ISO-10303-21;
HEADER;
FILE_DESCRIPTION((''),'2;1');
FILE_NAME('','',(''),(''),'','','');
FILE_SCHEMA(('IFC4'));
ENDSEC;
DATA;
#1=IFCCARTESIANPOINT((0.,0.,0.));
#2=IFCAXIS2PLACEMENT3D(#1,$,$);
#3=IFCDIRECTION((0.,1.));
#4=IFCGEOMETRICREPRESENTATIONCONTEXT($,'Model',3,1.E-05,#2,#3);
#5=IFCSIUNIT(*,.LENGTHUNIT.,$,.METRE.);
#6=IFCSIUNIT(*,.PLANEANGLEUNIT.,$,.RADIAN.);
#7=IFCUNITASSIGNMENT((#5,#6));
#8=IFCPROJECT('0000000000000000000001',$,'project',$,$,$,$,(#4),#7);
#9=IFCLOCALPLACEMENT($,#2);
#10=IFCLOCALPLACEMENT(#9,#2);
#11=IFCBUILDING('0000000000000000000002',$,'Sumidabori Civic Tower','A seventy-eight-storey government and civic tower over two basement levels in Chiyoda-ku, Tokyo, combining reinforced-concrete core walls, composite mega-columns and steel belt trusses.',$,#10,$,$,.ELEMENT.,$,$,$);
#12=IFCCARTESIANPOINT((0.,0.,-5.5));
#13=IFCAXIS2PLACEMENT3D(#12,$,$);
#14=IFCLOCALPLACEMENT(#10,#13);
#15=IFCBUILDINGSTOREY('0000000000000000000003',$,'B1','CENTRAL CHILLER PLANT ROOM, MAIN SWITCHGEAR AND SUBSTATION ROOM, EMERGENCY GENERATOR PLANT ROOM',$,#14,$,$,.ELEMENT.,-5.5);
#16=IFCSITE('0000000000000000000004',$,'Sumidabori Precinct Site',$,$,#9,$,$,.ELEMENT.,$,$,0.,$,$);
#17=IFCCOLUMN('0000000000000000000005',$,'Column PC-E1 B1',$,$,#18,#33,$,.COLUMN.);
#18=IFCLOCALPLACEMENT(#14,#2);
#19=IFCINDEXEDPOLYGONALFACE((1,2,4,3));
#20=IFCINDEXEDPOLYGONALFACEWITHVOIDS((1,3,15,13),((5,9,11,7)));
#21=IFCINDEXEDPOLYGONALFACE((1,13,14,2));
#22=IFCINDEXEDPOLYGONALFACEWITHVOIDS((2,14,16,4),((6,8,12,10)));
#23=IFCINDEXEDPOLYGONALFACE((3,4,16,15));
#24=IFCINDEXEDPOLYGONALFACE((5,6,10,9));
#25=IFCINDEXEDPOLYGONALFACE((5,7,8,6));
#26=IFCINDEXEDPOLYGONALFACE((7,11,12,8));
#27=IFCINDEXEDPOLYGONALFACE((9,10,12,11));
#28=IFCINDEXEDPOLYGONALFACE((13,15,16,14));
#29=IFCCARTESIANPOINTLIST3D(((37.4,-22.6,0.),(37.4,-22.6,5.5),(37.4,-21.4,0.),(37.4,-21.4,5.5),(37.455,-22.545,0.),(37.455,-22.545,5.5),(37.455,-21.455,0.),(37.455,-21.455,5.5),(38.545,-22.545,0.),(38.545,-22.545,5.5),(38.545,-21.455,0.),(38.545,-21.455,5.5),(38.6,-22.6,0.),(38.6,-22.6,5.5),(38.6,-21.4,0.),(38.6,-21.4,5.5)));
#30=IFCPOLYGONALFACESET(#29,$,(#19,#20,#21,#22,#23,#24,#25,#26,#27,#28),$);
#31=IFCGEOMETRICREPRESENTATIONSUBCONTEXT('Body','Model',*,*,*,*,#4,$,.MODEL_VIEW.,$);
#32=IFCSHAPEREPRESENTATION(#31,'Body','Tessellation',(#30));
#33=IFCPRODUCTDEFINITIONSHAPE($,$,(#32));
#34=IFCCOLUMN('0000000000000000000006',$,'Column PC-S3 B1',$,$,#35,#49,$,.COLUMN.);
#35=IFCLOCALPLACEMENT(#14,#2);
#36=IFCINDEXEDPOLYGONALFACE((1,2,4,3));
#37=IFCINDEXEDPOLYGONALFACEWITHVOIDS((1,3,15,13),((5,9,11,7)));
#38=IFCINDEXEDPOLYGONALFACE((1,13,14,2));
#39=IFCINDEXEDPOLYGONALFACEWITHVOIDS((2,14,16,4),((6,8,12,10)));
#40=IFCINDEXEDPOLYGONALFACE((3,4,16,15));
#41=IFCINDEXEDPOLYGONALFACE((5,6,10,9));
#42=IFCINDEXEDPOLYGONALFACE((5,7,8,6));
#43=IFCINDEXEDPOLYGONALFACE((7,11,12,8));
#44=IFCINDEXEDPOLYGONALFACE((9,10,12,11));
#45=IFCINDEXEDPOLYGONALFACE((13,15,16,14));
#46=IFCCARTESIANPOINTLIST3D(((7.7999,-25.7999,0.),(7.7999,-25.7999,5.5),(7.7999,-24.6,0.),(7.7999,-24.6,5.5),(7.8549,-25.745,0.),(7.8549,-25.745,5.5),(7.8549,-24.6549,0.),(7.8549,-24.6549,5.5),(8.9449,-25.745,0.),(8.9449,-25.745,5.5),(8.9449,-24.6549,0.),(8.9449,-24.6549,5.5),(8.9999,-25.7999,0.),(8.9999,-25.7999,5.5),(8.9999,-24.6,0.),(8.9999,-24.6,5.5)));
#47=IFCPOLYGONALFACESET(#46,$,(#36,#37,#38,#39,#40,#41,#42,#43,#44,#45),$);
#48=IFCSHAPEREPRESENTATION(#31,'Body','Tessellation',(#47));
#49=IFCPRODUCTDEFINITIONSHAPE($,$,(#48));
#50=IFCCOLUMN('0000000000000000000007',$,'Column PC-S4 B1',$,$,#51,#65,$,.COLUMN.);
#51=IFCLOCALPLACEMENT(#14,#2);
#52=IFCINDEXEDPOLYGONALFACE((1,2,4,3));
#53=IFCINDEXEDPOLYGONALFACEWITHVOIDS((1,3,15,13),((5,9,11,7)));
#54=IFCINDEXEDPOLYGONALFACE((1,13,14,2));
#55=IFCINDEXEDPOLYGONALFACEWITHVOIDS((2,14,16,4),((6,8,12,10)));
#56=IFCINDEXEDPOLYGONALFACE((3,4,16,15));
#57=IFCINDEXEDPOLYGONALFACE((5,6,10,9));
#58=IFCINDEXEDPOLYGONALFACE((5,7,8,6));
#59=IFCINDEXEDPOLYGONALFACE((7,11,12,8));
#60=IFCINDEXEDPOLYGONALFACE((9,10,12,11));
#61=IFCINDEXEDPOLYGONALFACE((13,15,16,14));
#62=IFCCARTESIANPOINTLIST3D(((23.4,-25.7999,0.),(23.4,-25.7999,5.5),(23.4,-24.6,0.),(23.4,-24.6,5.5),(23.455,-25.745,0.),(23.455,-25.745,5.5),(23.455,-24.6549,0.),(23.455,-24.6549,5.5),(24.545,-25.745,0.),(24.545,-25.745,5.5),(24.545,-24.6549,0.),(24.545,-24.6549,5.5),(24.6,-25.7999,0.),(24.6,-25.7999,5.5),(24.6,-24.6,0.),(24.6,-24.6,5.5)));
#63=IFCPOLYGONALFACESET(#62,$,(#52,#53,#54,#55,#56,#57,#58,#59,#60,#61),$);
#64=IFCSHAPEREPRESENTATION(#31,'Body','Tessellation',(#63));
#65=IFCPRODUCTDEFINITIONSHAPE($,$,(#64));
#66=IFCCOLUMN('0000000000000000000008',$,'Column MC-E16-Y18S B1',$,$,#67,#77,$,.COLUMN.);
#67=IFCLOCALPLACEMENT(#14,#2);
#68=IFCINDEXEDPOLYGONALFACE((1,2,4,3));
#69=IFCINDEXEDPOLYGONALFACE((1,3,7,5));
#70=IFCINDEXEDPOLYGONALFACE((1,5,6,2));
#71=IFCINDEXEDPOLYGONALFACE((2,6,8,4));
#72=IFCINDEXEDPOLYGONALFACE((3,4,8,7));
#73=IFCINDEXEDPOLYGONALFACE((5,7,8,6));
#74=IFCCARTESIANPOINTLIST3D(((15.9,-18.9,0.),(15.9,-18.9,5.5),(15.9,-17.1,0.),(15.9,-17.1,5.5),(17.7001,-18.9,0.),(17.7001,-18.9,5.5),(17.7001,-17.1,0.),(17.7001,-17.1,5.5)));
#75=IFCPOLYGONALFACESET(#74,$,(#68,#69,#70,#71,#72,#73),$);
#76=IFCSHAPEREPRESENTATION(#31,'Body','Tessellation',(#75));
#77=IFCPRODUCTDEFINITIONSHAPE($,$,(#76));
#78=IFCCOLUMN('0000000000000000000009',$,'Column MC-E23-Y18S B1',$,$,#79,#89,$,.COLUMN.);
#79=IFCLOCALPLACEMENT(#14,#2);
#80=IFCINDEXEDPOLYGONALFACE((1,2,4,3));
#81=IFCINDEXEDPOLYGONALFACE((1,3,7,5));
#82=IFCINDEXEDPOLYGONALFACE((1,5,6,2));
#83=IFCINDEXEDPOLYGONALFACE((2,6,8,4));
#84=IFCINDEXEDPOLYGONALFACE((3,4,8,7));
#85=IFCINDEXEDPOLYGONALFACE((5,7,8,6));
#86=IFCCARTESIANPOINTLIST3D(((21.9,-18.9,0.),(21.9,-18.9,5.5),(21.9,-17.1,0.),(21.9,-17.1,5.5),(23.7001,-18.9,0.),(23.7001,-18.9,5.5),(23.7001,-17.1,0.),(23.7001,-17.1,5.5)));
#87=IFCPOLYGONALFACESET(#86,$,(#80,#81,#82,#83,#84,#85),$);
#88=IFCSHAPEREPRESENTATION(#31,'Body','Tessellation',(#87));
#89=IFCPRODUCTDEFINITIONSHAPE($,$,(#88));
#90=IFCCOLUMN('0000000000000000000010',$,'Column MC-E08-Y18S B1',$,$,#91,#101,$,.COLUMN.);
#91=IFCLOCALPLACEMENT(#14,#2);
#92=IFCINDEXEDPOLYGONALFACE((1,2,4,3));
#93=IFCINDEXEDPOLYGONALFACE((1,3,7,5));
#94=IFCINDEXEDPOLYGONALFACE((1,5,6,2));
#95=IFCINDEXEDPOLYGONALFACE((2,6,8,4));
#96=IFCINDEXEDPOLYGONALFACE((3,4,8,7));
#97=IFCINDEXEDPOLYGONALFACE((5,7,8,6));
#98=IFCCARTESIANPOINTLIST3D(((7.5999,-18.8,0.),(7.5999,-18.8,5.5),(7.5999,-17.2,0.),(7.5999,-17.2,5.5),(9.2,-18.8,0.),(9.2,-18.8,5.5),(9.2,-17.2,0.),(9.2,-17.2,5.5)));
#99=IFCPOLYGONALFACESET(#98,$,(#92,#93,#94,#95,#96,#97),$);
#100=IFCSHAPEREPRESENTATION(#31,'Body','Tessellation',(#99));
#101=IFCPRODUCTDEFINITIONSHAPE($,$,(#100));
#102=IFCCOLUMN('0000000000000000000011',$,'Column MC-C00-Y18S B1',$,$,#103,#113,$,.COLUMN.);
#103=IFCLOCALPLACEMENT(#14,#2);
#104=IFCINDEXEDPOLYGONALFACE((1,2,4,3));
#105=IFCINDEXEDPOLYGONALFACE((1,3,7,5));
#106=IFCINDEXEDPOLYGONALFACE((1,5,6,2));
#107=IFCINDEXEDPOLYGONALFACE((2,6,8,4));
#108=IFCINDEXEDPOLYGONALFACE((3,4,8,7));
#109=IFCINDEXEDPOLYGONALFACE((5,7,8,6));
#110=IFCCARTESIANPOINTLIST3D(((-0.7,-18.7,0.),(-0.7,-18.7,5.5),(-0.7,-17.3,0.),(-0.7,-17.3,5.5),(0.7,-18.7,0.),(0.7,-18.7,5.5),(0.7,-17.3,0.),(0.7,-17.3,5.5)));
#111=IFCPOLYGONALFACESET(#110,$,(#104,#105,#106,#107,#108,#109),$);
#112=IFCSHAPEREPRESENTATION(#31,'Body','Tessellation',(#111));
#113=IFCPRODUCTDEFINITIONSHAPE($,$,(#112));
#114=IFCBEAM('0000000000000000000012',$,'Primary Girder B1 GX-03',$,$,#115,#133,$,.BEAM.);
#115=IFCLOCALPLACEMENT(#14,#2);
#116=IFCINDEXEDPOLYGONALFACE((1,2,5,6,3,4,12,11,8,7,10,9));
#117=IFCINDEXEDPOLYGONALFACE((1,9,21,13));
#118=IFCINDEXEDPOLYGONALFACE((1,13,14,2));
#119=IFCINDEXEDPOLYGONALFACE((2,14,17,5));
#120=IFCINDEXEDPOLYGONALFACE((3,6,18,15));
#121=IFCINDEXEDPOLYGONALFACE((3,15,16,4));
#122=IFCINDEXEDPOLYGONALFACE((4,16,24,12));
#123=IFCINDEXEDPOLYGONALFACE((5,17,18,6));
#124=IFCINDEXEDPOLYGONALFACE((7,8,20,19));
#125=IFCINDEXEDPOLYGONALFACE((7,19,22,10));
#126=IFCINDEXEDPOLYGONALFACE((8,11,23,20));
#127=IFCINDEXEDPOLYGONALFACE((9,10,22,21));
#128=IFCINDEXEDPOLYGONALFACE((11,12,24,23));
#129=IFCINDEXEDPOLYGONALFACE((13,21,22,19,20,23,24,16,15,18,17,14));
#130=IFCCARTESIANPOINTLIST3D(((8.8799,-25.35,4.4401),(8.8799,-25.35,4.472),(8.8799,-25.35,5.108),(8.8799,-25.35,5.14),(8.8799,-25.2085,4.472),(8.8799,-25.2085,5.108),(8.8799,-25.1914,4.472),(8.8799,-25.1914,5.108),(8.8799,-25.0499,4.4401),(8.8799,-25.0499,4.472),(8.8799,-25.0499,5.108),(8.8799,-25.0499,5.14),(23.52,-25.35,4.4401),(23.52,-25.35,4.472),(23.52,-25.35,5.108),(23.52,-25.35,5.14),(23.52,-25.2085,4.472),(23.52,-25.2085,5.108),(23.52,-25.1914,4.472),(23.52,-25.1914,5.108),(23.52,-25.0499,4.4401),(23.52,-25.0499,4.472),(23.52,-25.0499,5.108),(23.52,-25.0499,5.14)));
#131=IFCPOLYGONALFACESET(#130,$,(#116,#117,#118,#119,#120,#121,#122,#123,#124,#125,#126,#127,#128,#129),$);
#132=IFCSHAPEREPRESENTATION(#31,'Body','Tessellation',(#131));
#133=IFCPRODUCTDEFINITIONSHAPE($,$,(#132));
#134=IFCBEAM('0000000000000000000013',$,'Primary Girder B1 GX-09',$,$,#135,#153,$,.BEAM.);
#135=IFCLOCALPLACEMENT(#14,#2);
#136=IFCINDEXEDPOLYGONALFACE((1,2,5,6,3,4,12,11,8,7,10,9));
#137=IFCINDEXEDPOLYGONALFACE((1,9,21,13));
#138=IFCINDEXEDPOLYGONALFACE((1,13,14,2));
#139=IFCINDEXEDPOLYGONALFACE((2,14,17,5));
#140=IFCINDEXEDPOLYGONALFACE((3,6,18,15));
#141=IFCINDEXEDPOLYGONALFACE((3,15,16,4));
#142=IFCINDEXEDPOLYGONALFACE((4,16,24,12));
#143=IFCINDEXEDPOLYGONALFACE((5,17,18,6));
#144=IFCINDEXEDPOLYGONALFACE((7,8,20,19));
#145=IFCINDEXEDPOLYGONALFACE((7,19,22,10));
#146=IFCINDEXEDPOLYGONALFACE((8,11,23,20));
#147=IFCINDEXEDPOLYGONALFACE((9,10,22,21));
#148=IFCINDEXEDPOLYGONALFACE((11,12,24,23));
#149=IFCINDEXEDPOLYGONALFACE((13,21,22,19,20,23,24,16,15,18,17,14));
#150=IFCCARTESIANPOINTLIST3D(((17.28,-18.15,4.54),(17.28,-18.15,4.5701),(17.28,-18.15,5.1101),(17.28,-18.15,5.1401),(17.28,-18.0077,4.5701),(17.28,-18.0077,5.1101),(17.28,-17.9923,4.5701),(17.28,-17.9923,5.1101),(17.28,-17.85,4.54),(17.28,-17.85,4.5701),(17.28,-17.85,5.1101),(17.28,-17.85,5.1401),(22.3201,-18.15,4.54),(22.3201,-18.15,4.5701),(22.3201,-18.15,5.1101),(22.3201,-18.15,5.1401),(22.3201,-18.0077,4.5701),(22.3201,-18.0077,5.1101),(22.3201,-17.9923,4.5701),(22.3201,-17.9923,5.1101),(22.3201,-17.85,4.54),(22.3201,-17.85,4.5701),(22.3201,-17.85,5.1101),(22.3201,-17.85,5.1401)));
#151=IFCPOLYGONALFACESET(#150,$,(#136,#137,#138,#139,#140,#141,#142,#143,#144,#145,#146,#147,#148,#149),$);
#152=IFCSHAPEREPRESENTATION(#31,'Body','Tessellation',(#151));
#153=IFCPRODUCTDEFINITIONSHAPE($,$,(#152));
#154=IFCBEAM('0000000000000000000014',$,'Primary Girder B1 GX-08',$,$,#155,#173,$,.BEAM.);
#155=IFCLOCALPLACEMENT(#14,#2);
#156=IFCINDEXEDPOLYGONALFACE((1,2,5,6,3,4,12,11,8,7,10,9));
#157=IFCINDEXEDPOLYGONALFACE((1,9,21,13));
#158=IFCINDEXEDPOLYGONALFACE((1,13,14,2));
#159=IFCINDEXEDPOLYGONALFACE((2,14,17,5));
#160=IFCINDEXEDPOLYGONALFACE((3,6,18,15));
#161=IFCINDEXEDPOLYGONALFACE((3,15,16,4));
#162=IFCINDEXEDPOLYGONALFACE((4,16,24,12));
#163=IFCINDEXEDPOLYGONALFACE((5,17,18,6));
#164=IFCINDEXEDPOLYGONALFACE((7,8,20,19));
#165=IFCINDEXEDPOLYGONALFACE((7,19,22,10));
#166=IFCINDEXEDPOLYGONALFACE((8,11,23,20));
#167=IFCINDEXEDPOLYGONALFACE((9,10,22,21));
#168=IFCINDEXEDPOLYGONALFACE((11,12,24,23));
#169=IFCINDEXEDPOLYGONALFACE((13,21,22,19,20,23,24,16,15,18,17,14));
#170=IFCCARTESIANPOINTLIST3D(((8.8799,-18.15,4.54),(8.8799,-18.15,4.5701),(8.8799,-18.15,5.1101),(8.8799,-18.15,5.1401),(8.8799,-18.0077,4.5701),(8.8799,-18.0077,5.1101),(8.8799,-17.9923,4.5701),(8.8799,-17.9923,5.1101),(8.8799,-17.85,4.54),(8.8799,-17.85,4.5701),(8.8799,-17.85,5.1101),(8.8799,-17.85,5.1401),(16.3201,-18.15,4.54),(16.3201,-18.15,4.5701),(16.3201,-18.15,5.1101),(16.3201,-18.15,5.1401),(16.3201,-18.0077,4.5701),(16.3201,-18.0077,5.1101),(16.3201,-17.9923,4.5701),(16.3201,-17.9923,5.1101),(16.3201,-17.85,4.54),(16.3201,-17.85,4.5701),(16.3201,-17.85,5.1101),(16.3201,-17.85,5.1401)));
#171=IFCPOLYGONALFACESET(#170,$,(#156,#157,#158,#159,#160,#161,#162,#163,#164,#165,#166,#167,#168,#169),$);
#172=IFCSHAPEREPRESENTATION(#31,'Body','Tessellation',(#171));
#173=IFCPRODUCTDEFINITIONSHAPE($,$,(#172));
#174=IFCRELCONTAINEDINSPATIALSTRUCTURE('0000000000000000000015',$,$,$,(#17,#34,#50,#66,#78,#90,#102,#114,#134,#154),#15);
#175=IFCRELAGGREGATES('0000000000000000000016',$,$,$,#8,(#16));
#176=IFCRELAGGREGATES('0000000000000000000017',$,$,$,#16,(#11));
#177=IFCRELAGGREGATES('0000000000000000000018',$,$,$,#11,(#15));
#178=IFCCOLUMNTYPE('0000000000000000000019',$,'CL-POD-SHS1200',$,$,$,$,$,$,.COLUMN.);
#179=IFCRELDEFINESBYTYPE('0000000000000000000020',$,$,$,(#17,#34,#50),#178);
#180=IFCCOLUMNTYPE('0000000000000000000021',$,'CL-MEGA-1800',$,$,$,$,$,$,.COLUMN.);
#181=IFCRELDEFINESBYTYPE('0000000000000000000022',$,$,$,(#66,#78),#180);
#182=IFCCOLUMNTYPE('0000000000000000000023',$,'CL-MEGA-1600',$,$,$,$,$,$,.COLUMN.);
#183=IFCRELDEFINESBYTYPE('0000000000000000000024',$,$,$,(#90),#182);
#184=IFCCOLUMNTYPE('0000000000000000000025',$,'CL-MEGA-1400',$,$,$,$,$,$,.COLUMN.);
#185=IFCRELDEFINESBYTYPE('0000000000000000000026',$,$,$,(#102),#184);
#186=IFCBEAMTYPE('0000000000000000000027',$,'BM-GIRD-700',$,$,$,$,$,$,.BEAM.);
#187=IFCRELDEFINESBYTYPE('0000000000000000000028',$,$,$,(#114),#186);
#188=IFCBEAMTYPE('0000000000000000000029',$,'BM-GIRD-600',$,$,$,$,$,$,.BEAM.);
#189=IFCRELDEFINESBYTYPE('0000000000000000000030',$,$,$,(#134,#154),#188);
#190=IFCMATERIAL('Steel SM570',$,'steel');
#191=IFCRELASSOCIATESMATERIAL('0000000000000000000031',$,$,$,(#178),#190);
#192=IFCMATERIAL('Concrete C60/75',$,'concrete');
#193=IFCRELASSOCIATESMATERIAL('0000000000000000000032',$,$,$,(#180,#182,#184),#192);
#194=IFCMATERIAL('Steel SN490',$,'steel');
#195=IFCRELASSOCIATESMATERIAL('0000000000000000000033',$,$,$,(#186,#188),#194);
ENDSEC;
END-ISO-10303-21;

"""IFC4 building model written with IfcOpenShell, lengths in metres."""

from ifc_helpers import new_model, si_unit, direction, frame, origin, origin_2d, place, context, subcontext, project, spatial, rectangle, hollow_rectangle, i_section, extrude, source, transform, mapped, material, material_profile, profile_set, type_object, element, save


model = new_model("IFC4")

# Units and contexts
model_context = context("Model", 3, precision=1e-05, world=origin(), true_north=direction((0.0, 1.0)))
body_context = subcontext(model_context, "Body", "Model", "MODEL_VIEW")
ifc_project = project(units=[si_unit("LENGTHUNIT", "METRE"), si_unit("PLANEANGLEUNIT", "RADIAN")], contexts=[model_context])

# Site, building, storey
site_placement = place(None, origin())
site = spatial("IfcSite", under=ifc_project, at=site_placement, Name="Sumidabori Precinct Site", CompositionType="ELEMENT", RefElevation=0.0)
building_placement = place(site_placement, origin())
building = spatial("IfcBuilding", under=site, at=building_placement, Name="Sumidabori Civic Tower", Description="A seventy-eight-storey government and civic tower over two basement levels in Chiyoda-ku, Tokyo, combining reinforced-concrete core walls, composite mega-columns and steel belt trusses.", CompositionType="ELEMENT")
storey_placement = place(building_placement, frame((0.0, 0.0, -5.5)))
storey = spatial("IfcBuildingStorey", under=building, at=storey_placement, Name="B1", Description="CENTRAL CHILLER PLANT ROOM, MAIN SWITCHGEAR AND SUBSTATION ROOM, EMERGENCY GENERATOR PLANT ROOM", CompositionType="ELEMENT", Elevation=-5.5)

# Columns
ifc_material_1 = material(Name="Steel SM570", Category="steel")
ifc_material_profile_1 = material_profile(ifc_material_1, hollow_rectangle(XDim=1.2, YDim=1.2, WallThickness=0.0549, at=origin_2d()), Name="SHS 1200x1200x55")
ifc_profile_set_1 = profile_set([ifc_material_profile_1], Name="Steel SM570")
column_type_1 = type_object("IfcColumnType", Name="CL-POD-SHS1200", PredefinedType="COLUMN", material=ifc_profile_set_1)
shared_shape_1 = source(origin(), body_context, "Body", "SweptSolid", [
    extrude(hollow_rectangle(XDim=1.2, YDim=1.2, WallThickness=0.0549, at=origin_2d()), origin(), (0.0, 0.0, 1.0), 5.5),
])
for number, where, z_axis, x_axis, name in (
    (1, (38.0, -22.0, 0.0), (0.0, 0.0, 1.0), (1.0, 0.0, 0.0), "Column PC-E1 B1"),
    (2, (8.3999, -25.2, 0.0), (0.0, 0.0, 1.0), (1.0, 0.0, 0.0), "Column PC-S3 B1"),
    (3, (24.0, -25.2, 0.0), (0.0, 0.0, 1.0), (1.0, 0.0, 0.0), "Column PC-S4 B1"),
):
    element("IfcColumn", number, at=place(storey_placement, frame(where, z_axis=z_axis, x_axis=x_axis)), inside=storey, type_object=column_type_1, Name=name, PredefinedType="COLUMN", context=body_context, shape_type="MappedRepresentation", body=[
        mapped(shared_shape_1, transform((0.0, 0.0, 0.0), x_axis=(1.0, 0.0, 0.0), y_axis=(0.0, 1.0, 0.0), z_axis=(0.0, 0.0, 1.0), scale=1.0)),
    ])
ifc_material_2 = material(Name="Concrete C60/75", Category="concrete")
ifc_material_profile_2 = material_profile(ifc_material_2, rectangle(XDim=1.8, YDim=1.8, at=origin_2d()), Name="RC 1800x1800")
ifc_profile_set_2 = profile_set([ifc_material_profile_2], Name="Concrete C60/75")
column_type_2 = type_object("IfcColumnType", Name="CL-MEGA-1800", PredefinedType="COLUMN", material=ifc_profile_set_2)
shared_shape_2 = source(origin(), body_context, "Body", "SweptSolid", [
    extrude(rectangle(XDim=1.8, YDim=1.8, at=origin_2d()), origin(), (0.0, 0.0, 1.0), 5.5),
])
for number, where, z_axis, x_axis, name in (
    (4, (16.8, -18.0, 0.0), (0.0, 0.0, 1.0), (1.0, 0.0, 0.0), "Column MC-E16-Y18S B1"),
    (5, (22.8, -18.0, 0.0), (0.0, 0.0, 1.0), (1.0, 0.0, 0.0), "Column MC-E23-Y18S B1"),
):
    element("IfcColumn", number, at=place(storey_placement, frame(where, z_axis=z_axis, x_axis=x_axis)), inside=storey, type_object=column_type_2, Name=name, PredefinedType="COLUMN", context=body_context, shape_type="MappedRepresentation", body=[
        mapped(shared_shape_2, transform((0.0, 0.0, 0.0), x_axis=(1.0, 0.0, 0.0), y_axis=(0.0, 1.0, 0.0), z_axis=(0.0, 0.0, 1.0), scale=1.0)),
    ])
ifc_material_profile_3 = material_profile(ifc_material_2, rectangle(XDim=1.6001, YDim=1.6001, at=origin_2d()), Name="RC 1600x1600")
ifc_profile_set_3 = profile_set([ifc_material_profile_3], Name="Concrete C60/75")
column_type_3 = type_object("IfcColumnType", Name="CL-MEGA-1600", PredefinedType="COLUMN", material=ifc_profile_set_3)
shared_shape_3 = source(origin(), body_context, "Body", "SweptSolid", [
    extrude(rectangle(XDim=1.6001, YDim=1.6001, at=origin_2d()), origin(), (0.0, 0.0, 1.0), 5.5),
])
column_1_placement = place(storey_placement, frame((8.3999, -18.0, 0.0), z_axis=(0.0, 0.0, 1.0), x_axis=(1.0, 0.0, 0.0)))
element("IfcColumn", 6, at=column_1_placement, inside=storey, type_object=column_type_3, Name="Column MC-E08-Y18S B1", PredefinedType="COLUMN", context=body_context, shape_type="MappedRepresentation", body=[
    mapped(shared_shape_3, transform((0.0, 0.0, 0.0), x_axis=(1.0, 0.0, 0.0), y_axis=(0.0, 1.0, 0.0), z_axis=(0.0, 0.0, 1.0), scale=1.0)),
])
ifc_material_profile_4 = material_profile(ifc_material_2, rectangle(XDim=1.3999, YDim=1.3999, at=origin_2d()), Name="RC 1400x1400")
ifc_profile_set_4 = profile_set([ifc_material_profile_4], Name="Concrete C60/75")
column_type_4 = type_object("IfcColumnType", Name="CL-MEGA-1400", PredefinedType="COLUMN", material=ifc_profile_set_4)
shared_shape_4 = source(origin(), body_context, "Body", "SweptSolid", [
    extrude(rectangle(XDim=1.3999, YDim=1.3999, at=origin_2d()), origin(), (0.0, 0.0, 1.0), 5.5),
])
column_2_placement = place(storey_placement, frame((0.0, -18.0, 0.0), z_axis=(0.0, 0.0, 1.0), x_axis=(1.0, 0.0, 0.0)))
element("IfcColumn", 7, at=column_2_placement, inside=storey, type_object=column_type_4, Name="Column MC-C00-Y18S B1", PredefinedType="COLUMN", context=body_context, shape_type="MappedRepresentation", body=[
    mapped(shared_shape_4, transform((0.0, 0.0, 0.0), x_axis=(1.0, 0.0, 0.0), y_axis=(0.0, 1.0, 0.0), z_axis=(0.0, 0.0, 1.0), scale=1.0)),
])

# Beams
ifc_material_3 = material(Name="Steel SN490", Category="steel")
ifc_material_profile_5 = material_profile(ifc_material_3, i_section(OverallWidth=0.3, OverallDepth=0.7, WebThickness=0.0171, FlangeThickness=0.032, at=origin_2d()), Name="HE 700 B")
ifc_profile_set_5 = profile_set([ifc_material_profile_5], Name="Steel SN490")
beam_type_1 = type_object("IfcBeamType", Name="BM-GIRD-700", PredefinedType="BEAM", material=ifc_profile_set_5)
shared_shape_5 = source(origin(), body_context, "Body", "SweptSolid", [
    extrude(i_section(OverallWidth=0.3, OverallDepth=0.7, WebThickness=0.0171, FlangeThickness=0.032, at=origin_2d()), origin(), (0.0, 0.0, 1.0), 14.6401),
])
beam_1_placement = place(storey_placement, frame((8.8799, -25.2, 4.79), z_axis=(1.0, 0.0, 0.0), x_axis=(0.0, 1.0, 0.0)))
element("IfcBeam", 8, at=beam_1_placement, inside=storey, type_object=beam_type_1, Name="Primary Girder B1 GX-03", PredefinedType="BEAM", context=body_context, shape_type="MappedRepresentation", body=[
    mapped(shared_shape_5, transform((0.0, 0.0, 0.0), x_axis=(1.0, 0.0, 0.0), y_axis=(0.0, 1.0, 0.0), z_axis=(0.0, 0.0, 1.0), scale=1.0)),
])
ifc_material_profile_6 = material_profile(ifc_material_3, i_section(OverallWidth=0.3, OverallDepth=0.6001, WebThickness=0.0154, FlangeThickness=0.03, at=origin_2d()), Name="HE 600 B")
ifc_profile_set_6 = profile_set([ifc_material_profile_6], Name="Steel SN490")
beam_type_2 = type_object("IfcBeamType", Name="BM-GIRD-600", PredefinedType="BEAM", material=ifc_profile_set_6)
shared_shape_6 = source(origin(), body_context, "Body", "SweptSolid", [
    extrude(i_section(OverallWidth=0.3, OverallDepth=0.6001, WebThickness=0.0154, FlangeThickness=0.03, at=origin_2d()), origin(), (0.0, 0.0, 1.0), 5.04),
])
beam_2_placement = place(storey_placement, frame((17.28, -18.0, 4.8401), z_axis=(1.0, 0.0, 0.0), x_axis=(0.0, 1.0, 0.0)))
element("IfcBeam", 9, at=beam_2_placement, inside=storey, type_object=beam_type_2, Name="Primary Girder B1 GX-09", PredefinedType="BEAM", context=body_context, shape_type="MappedRepresentation", body=[
    mapped(shared_shape_6, transform((0.0, 0.0, 0.0), x_axis=(1.0, 0.0, 0.0), y_axis=(0.0, 1.0, 0.0), z_axis=(0.0, 0.0, 1.0), scale=1.0)),
])
shared_shape_7 = source(origin(), body_context, "Body", "SweptSolid", [
    extrude(i_section(OverallWidth=0.3, OverallDepth=0.6001, WebThickness=0.0154, FlangeThickness=0.03, at=origin_2d()), origin(), (0.0, 0.0, 1.0), 7.4402),
])
beam_3_placement = place(storey_placement, frame((8.8799, -18.0, 4.8401), z_axis=(1.0, 0.0, 0.0), x_axis=(0.0, 1.0, 0.0)))
element("IfcBeam", 10, at=beam_3_placement, inside=storey, type_object=beam_type_2, Name="Primary Girder B1 GX-08", PredefinedType="BEAM", context=body_context, shape_type="MappedRepresentation", body=[
    mapped(shared_shape_7, transform((0.0, 0.0, 0.0), x_axis=(1.0, 0.0, 0.0), y_axis=(0.0, 1.0, 0.0), z_axis=(0.0, 0.0, 1.0), scale=1.0)),
])

save(model, "model.ifc")
